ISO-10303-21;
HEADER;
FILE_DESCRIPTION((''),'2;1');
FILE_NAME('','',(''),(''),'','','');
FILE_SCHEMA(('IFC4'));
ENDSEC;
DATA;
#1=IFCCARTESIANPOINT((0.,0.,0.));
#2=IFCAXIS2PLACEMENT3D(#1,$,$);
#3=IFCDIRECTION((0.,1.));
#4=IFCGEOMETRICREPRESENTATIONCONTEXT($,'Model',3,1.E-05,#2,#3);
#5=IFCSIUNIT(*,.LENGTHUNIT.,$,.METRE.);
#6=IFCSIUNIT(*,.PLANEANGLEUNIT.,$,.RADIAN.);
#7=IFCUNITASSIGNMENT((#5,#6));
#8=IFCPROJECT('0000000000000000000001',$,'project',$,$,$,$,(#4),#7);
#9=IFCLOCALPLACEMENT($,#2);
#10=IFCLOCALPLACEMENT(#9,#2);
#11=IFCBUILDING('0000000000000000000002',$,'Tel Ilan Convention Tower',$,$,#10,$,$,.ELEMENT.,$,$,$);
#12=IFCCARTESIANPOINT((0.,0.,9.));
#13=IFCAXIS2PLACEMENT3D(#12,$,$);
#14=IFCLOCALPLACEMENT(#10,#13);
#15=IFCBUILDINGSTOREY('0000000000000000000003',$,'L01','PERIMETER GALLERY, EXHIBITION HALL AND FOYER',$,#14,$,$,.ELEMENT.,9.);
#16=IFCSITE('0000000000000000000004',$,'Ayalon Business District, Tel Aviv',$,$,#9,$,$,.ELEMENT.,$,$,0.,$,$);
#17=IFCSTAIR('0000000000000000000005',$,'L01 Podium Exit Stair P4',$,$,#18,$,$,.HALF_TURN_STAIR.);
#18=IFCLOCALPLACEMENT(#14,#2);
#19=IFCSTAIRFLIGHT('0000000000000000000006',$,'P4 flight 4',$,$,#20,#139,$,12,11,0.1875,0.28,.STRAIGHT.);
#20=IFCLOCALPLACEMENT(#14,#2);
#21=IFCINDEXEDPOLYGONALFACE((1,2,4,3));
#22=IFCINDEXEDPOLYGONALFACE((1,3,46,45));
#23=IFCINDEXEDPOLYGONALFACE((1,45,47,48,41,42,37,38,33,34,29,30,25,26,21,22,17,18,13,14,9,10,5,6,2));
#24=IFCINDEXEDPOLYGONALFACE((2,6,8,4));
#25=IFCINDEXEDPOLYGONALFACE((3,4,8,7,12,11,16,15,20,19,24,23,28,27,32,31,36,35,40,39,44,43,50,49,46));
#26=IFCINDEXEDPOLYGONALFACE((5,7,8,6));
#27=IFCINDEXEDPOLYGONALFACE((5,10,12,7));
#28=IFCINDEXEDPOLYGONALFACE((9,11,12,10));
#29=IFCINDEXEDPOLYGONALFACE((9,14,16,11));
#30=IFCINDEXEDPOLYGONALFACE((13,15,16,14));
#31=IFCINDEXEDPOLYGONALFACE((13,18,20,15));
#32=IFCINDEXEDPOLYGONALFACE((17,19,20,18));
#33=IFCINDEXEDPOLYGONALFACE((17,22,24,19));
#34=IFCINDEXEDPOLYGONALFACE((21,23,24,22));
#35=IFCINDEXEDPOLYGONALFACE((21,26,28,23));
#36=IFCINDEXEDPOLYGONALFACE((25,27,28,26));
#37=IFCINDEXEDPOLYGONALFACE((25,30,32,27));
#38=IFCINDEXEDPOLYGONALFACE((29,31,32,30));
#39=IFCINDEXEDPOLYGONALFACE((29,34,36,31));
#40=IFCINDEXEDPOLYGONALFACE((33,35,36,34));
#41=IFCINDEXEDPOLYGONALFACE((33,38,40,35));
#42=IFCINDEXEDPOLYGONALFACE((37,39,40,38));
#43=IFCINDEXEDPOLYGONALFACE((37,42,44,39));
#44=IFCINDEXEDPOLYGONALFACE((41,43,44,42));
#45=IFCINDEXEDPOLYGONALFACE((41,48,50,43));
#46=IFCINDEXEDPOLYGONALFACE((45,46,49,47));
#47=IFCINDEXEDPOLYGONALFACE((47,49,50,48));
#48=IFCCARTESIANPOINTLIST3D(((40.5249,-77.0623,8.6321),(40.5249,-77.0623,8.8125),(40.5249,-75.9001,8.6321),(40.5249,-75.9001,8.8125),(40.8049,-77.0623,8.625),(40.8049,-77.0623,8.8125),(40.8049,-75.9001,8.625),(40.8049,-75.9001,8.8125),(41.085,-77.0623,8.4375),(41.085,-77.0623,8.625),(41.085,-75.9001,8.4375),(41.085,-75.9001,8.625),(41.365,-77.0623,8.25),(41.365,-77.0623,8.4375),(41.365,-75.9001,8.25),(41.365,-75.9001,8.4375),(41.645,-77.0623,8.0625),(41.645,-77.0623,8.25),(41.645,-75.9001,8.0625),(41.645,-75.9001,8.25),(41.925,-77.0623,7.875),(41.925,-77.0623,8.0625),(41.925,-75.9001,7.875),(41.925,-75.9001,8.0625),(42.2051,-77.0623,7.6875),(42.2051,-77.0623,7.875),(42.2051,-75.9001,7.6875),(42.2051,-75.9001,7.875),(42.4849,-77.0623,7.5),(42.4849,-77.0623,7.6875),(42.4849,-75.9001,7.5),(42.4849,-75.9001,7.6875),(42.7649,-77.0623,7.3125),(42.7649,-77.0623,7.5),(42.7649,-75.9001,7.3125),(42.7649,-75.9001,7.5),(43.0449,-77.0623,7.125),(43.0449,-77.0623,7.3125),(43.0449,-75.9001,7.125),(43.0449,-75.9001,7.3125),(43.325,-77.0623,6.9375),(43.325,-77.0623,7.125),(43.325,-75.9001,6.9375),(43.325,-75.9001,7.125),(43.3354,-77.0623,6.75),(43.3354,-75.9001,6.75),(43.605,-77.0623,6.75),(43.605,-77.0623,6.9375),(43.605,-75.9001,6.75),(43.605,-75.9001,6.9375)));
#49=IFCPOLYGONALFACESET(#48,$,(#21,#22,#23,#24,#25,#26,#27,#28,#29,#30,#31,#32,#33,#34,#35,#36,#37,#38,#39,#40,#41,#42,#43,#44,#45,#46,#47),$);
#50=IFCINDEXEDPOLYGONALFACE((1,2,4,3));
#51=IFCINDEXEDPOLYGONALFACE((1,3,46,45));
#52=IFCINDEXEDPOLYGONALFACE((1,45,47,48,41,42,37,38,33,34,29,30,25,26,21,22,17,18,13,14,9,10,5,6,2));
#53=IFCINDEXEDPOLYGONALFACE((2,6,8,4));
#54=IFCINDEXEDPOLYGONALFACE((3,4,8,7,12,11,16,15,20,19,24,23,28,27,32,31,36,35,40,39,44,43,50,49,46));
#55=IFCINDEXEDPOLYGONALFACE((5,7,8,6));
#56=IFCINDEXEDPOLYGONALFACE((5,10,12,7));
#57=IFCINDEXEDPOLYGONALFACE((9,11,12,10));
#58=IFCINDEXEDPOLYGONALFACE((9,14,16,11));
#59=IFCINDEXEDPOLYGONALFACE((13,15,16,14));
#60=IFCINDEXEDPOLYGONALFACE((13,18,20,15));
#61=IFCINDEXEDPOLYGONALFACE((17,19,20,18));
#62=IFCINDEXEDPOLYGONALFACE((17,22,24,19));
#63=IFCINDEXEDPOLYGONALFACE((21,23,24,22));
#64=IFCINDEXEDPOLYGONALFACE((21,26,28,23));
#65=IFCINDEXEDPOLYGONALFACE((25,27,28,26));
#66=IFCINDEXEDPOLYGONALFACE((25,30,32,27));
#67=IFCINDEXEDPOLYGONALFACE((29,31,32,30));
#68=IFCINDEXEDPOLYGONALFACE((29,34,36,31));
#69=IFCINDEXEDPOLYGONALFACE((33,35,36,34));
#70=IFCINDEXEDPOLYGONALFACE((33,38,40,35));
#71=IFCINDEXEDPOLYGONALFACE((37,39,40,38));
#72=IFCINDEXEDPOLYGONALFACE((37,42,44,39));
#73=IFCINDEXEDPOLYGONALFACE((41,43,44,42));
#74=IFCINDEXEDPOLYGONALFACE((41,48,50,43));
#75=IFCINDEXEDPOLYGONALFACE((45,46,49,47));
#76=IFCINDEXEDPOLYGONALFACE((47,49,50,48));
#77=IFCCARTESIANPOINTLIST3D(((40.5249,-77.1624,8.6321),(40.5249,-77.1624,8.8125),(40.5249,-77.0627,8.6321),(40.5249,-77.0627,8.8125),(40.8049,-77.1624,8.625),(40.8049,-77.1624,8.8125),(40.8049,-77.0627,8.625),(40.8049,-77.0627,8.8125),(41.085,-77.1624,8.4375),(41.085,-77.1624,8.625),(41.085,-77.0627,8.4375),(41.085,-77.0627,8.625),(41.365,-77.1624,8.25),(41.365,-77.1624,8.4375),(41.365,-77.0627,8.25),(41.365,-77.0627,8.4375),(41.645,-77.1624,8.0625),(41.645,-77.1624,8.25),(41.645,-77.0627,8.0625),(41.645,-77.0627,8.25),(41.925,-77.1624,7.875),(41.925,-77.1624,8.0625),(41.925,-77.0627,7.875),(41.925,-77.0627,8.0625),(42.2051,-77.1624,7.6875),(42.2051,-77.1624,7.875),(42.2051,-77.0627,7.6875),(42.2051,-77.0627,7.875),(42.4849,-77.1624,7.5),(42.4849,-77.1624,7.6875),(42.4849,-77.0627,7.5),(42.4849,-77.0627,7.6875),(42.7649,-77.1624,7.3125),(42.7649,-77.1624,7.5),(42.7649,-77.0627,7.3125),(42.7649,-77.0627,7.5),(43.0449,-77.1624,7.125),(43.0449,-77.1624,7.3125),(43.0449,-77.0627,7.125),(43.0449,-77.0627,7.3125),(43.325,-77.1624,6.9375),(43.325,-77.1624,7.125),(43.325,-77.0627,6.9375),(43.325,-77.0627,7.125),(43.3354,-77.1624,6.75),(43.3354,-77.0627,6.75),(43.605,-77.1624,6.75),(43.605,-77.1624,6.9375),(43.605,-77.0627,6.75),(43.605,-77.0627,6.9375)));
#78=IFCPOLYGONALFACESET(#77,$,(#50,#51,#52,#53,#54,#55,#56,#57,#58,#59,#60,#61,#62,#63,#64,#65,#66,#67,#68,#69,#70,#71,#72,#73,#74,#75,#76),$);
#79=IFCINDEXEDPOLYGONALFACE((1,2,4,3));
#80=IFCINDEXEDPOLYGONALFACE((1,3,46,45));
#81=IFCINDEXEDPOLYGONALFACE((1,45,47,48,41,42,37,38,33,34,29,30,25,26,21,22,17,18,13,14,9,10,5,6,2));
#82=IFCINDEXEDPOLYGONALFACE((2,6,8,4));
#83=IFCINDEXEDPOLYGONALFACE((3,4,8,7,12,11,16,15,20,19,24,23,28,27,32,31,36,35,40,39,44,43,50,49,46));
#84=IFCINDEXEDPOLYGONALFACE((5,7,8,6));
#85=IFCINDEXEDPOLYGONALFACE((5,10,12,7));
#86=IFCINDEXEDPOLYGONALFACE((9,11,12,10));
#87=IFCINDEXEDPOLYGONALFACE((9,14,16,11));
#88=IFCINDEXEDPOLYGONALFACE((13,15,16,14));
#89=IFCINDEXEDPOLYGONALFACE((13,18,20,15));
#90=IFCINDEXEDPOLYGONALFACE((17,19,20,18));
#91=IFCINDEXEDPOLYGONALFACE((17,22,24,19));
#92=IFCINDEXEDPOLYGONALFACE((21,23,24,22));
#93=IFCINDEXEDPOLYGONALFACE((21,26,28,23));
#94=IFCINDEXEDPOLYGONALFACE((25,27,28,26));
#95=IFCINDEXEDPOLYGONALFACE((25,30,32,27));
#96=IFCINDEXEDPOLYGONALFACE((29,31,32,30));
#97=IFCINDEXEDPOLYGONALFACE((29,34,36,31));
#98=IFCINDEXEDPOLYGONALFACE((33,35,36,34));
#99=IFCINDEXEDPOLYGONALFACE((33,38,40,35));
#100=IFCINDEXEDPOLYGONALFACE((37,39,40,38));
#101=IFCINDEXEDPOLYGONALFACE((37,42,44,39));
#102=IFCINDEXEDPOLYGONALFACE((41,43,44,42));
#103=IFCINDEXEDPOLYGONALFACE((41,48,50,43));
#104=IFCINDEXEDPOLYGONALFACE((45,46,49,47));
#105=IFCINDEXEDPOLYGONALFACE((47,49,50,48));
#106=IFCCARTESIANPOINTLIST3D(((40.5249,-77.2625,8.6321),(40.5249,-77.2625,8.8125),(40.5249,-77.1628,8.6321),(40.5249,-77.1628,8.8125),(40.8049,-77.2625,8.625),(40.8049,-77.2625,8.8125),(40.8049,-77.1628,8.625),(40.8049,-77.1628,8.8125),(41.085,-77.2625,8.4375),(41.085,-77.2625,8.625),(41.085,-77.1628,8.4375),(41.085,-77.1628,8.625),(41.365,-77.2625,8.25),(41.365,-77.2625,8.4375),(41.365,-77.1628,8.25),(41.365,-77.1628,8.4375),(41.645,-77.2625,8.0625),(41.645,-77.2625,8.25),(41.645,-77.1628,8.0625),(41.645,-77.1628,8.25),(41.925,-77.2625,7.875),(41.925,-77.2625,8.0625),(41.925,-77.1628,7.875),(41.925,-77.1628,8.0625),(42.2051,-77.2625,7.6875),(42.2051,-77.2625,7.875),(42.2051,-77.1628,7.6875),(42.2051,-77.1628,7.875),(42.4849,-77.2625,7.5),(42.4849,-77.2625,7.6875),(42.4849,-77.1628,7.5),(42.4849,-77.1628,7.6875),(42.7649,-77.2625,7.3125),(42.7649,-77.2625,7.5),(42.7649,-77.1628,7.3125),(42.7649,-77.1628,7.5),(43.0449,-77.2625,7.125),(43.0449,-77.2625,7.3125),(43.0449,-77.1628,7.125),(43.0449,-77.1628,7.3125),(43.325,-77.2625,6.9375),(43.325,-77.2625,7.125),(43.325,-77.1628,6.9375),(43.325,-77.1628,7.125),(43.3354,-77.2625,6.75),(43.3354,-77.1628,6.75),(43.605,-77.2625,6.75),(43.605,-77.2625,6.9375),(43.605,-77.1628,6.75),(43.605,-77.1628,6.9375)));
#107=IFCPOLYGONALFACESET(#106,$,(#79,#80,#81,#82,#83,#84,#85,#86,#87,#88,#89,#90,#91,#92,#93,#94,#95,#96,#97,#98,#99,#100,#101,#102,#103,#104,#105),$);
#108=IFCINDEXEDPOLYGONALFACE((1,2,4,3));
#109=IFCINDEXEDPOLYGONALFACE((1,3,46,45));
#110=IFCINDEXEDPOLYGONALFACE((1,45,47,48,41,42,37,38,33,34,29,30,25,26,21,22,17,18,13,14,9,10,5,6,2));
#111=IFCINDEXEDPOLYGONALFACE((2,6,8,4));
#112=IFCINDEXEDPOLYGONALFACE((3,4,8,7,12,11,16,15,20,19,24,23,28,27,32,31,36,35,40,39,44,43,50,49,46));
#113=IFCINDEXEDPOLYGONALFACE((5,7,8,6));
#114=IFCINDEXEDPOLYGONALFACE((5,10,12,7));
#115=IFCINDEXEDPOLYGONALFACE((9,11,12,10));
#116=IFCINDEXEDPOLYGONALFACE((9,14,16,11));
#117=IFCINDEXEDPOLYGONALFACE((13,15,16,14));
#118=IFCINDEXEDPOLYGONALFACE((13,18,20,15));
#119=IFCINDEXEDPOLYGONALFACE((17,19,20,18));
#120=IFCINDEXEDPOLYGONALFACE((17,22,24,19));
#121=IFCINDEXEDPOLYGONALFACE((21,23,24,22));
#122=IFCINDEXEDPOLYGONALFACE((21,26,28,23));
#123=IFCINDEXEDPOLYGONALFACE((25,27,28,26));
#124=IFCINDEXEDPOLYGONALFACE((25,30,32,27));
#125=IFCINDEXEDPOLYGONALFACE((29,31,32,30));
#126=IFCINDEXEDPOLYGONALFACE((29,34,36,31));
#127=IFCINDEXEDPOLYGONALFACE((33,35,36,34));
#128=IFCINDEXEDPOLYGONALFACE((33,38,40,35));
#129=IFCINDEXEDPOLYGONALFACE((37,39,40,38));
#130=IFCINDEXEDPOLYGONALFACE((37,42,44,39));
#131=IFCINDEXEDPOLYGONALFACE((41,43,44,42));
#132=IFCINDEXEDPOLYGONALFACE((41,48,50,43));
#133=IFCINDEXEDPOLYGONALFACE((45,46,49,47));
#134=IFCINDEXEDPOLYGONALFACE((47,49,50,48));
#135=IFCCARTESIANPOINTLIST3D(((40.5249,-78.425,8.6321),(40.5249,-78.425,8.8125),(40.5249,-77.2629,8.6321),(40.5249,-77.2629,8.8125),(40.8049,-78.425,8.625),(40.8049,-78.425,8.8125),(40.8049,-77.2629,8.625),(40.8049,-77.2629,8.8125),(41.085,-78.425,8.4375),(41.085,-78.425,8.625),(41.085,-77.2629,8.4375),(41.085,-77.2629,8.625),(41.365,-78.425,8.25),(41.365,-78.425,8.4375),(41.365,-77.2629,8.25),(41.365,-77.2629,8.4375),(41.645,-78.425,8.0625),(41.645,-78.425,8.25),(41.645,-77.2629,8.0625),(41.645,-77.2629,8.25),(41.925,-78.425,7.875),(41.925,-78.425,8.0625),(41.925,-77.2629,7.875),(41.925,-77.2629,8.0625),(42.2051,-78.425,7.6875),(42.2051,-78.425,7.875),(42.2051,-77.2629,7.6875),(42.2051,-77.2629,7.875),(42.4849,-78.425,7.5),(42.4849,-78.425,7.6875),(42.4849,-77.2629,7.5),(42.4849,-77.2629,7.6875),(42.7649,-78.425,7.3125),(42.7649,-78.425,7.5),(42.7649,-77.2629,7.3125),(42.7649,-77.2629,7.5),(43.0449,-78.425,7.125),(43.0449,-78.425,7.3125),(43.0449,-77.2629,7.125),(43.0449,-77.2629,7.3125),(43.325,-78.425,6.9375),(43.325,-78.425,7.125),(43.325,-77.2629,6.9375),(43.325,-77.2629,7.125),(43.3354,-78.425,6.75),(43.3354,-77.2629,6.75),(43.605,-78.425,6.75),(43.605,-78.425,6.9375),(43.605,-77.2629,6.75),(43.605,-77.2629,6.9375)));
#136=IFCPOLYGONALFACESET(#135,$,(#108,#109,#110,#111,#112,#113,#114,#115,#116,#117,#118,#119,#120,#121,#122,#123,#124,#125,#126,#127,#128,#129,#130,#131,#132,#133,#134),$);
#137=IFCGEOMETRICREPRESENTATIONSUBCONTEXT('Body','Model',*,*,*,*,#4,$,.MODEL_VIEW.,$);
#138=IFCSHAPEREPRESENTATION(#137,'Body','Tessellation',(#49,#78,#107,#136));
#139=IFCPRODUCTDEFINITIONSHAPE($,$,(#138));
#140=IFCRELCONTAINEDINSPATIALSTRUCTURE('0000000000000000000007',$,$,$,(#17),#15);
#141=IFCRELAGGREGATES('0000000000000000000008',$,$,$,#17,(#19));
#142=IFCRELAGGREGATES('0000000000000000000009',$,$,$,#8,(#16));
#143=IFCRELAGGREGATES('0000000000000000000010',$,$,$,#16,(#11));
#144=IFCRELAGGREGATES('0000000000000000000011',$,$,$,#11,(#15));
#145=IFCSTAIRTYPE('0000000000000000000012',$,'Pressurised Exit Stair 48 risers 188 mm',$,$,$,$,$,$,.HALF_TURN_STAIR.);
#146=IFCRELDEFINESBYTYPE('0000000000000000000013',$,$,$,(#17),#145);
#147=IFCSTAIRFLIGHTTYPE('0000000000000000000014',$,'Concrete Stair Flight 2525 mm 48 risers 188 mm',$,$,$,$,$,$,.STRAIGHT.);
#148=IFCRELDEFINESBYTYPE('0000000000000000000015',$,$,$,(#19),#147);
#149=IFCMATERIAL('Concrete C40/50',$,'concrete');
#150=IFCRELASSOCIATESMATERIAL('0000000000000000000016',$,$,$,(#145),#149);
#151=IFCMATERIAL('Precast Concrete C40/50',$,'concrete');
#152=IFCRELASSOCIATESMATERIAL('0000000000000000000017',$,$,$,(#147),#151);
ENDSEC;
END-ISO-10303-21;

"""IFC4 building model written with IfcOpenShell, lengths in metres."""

from ifc_helpers import new_model, si_unit, direction, frame, origin, place, context, subcontext, project, spatial, polyline, outline, extrude, material, type_object, element, aggregate, save


model = new_model("IFC4")

# Units and contexts
model_context = context("Model", 3, precision=1e-05, world=origin(), true_north=direction((0.0, 1.0)))
body_context = subcontext(model_context, "Body", "Model", "MODEL_VIEW")
ifc_project = project(units=[si_unit("LENGTHUNIT", "METRE"), si_unit("PLANEANGLEUNIT", "RADIAN")], contexts=[model_context])

# Site, building, storey
site_placement = place(None, origin())
site = spatial("IfcSite", under=ifc_project, at=site_placement, Name="Ayalon Business District, Tel Aviv", CompositionType="ELEMENT", RefElevation=0.0)
building_placement = place(site_placement, origin())
building = spatial("IfcBuilding", under=site, at=building_placement, Name="Tel Ilan Convention Tower", CompositionType="ELEMENT")
storey_placement = place(building_placement, frame((0.0, 0.0, 9.0)))
storey = spatial("IfcBuildingStorey", under=building, at=storey_placement, Name="L01", Description="PERIMETER GALLERY, EXHIBITION HALL AND FOYER", CompositionType="ELEMENT", Elevation=9.0)

# Stair, stair flight
ifc_material_1 = material(Name="Concrete C40/50", Category="concrete")
stair_type = type_object("IfcStairType", Name="Pressurised Exit Stair 48 risers 188 mm", PredefinedType="HALF_TURN_STAIR", material=ifc_material_1)
stair_1_placement = place(storey_placement, origin())
stair_1 = element("IfcStair", 1, at=stair_1_placement, inside=storey, type_object=stair_type, Name="L01 Podium Exit Stair P4", PredefinedType="HALF_TURN_STAIR")
ifc_material_2 = material(Name="Precast Concrete C40/50", Category="concrete")
stair_flight_type = type_object("IfcStairFlightType", Name="Concrete Stair Flight 2525 mm 48 risers 188 mm", PredefinedType="STRAIGHT", material=ifc_material_2)
stair_flight_1_placement = place(storey_placement, frame((43.605, -77.1626, 6.75), z_axis=(0.0, 0.0, 1.0), x_axis=(-1.0, 0.0, 0.0)))
stair_flight_1 = element("IfcStairFlight", 2, at=stair_flight_1_placement, type_object=stair_flight_type, Name="P4 flight 4", NumberOfRisers=12, NumberOfTreads=11, PredefinedType="STRAIGHT", RiserHeight=0.1875, TreadLength=0.28, context=body_context, shape_type="SweptSolid", body=[
    extrude(outline(polyline([(0.0, 0.0), (0.0, 0.1875), (0.28, 0.1875), (0.28, 0.375), (0.5601, 0.375), (0.5601, 0.5625), (0.8401, 0.5625), (0.8401, 0.75), (1.1201, 0.75), (1.1201, 0.9375), (1.3999, 0.9375), (1.3999, 1.125), (1.6799, 1.125), (1.6799, 1.3125), (1.96, 1.3125), (1.96, 1.5), (2.24, 1.5), (2.24, 1.6875), (2.52, 1.6875), (2.52, 1.875), (2.8, 1.875), (2.8, 2.0625), (3.0801, 2.0625), (3.0801, 2.25), (3.0801, 1.8821), (0.2695, 0.0), (0.0, 0.0)])), frame((0.0, -0.1003, 0.0), z_axis=(0.0, -1.0, 0.0), x_axis=(1.0, 0.0, 0.0)), (0.0, 0.0, 1.0), 1.1621),
    extrude(outline(polyline([(0.0, 0.0), (0.0, 0.1875), (0.28, 0.1875), (0.28, 0.375), (0.5601, 0.375), (0.5601, 0.5625), (0.8401, 0.5625), (0.8401, 0.75), (1.1201, 0.75), (1.1201, 0.9375), (1.3999, 0.9375), (1.3999, 1.125), (1.6799, 1.125), (1.6799, 1.3125), (1.96, 1.3125), (1.96, 1.5), (2.24, 1.5), (2.24, 1.6875), (2.52, 1.6875), (2.52, 1.875), (2.8, 1.875), (2.8, 2.0625), (3.0801, 2.0625), (3.0801, 2.25), (3.0801, 1.8821), (0.2695, 0.0), (0.0, 0.0)])), frame((0.0, -0.0002, 0.0), z_axis=(0.0, -1.0, 0.0), x_axis=(1.0, 0.0, 0.0)), (0.0, 0.0, 1.0), 0.0996),
    extrude(outline(polyline([(0.0, 0.0), (0.0, 0.1875), (0.28, 0.1875), (0.28, 0.375), (0.5601, 0.375), (0.5601, 0.5625), (0.8401, 0.5625), (0.8401, 0.75), (1.1201, 0.75), (1.1201, 0.9375), (1.3999, 0.9375), (1.3999, 1.125), (1.6799, 1.125), (1.6799, 1.3125), (1.96, 1.3125), (1.96, 1.5), (2.24, 1.5), (2.24, 1.6875), (2.52, 1.6875), (2.52, 1.875), (2.8, 1.875), (2.8, 2.0625), (3.0801, 2.0625), (3.0801, 2.25), (3.0801, 1.8821), (0.2695, 0.0), (0.0, 0.0)])), frame((0.0, 0.0999, 0.0), z_axis=(0.0, -1.0, 0.0), x_axis=(1.0, 0.0, 0.0)), (0.0, 0.0, 1.0), 0.0996),
    extrude(outline(polyline([(0.0, 0.0), (0.0, 0.1875), (0.28, 0.1875), (0.28, 0.375), (0.5601, 0.375), (0.5601, 0.5625), (0.8401, 0.5625), (0.8401, 0.75), (1.1201, 0.75), (1.1201, 0.9375), (1.3999, 0.9375), (1.3999, 1.125), (1.6799, 1.125), (1.6799, 1.3125), (1.96, 1.3125), (1.96, 1.5), (2.24, 1.5), (2.24, 1.6875), (2.52, 1.6875), (2.52, 1.875), (2.8, 1.875), (2.8, 2.0625), (3.0801, 2.0625), (3.0801, 2.25), (3.0801, 1.8821), (0.2695, 0.0), (0.0, 0.0)])), frame((0.0, 1.2625, 0.0), z_axis=(0.0, -1.0, 0.0), x_axis=(1.0, 0.0, 0.0)), (0.0, 0.0, 1.0), 1.1621),
])
aggregate(stair_1, [stair_flight_1])

save(model, "model.ifc")
